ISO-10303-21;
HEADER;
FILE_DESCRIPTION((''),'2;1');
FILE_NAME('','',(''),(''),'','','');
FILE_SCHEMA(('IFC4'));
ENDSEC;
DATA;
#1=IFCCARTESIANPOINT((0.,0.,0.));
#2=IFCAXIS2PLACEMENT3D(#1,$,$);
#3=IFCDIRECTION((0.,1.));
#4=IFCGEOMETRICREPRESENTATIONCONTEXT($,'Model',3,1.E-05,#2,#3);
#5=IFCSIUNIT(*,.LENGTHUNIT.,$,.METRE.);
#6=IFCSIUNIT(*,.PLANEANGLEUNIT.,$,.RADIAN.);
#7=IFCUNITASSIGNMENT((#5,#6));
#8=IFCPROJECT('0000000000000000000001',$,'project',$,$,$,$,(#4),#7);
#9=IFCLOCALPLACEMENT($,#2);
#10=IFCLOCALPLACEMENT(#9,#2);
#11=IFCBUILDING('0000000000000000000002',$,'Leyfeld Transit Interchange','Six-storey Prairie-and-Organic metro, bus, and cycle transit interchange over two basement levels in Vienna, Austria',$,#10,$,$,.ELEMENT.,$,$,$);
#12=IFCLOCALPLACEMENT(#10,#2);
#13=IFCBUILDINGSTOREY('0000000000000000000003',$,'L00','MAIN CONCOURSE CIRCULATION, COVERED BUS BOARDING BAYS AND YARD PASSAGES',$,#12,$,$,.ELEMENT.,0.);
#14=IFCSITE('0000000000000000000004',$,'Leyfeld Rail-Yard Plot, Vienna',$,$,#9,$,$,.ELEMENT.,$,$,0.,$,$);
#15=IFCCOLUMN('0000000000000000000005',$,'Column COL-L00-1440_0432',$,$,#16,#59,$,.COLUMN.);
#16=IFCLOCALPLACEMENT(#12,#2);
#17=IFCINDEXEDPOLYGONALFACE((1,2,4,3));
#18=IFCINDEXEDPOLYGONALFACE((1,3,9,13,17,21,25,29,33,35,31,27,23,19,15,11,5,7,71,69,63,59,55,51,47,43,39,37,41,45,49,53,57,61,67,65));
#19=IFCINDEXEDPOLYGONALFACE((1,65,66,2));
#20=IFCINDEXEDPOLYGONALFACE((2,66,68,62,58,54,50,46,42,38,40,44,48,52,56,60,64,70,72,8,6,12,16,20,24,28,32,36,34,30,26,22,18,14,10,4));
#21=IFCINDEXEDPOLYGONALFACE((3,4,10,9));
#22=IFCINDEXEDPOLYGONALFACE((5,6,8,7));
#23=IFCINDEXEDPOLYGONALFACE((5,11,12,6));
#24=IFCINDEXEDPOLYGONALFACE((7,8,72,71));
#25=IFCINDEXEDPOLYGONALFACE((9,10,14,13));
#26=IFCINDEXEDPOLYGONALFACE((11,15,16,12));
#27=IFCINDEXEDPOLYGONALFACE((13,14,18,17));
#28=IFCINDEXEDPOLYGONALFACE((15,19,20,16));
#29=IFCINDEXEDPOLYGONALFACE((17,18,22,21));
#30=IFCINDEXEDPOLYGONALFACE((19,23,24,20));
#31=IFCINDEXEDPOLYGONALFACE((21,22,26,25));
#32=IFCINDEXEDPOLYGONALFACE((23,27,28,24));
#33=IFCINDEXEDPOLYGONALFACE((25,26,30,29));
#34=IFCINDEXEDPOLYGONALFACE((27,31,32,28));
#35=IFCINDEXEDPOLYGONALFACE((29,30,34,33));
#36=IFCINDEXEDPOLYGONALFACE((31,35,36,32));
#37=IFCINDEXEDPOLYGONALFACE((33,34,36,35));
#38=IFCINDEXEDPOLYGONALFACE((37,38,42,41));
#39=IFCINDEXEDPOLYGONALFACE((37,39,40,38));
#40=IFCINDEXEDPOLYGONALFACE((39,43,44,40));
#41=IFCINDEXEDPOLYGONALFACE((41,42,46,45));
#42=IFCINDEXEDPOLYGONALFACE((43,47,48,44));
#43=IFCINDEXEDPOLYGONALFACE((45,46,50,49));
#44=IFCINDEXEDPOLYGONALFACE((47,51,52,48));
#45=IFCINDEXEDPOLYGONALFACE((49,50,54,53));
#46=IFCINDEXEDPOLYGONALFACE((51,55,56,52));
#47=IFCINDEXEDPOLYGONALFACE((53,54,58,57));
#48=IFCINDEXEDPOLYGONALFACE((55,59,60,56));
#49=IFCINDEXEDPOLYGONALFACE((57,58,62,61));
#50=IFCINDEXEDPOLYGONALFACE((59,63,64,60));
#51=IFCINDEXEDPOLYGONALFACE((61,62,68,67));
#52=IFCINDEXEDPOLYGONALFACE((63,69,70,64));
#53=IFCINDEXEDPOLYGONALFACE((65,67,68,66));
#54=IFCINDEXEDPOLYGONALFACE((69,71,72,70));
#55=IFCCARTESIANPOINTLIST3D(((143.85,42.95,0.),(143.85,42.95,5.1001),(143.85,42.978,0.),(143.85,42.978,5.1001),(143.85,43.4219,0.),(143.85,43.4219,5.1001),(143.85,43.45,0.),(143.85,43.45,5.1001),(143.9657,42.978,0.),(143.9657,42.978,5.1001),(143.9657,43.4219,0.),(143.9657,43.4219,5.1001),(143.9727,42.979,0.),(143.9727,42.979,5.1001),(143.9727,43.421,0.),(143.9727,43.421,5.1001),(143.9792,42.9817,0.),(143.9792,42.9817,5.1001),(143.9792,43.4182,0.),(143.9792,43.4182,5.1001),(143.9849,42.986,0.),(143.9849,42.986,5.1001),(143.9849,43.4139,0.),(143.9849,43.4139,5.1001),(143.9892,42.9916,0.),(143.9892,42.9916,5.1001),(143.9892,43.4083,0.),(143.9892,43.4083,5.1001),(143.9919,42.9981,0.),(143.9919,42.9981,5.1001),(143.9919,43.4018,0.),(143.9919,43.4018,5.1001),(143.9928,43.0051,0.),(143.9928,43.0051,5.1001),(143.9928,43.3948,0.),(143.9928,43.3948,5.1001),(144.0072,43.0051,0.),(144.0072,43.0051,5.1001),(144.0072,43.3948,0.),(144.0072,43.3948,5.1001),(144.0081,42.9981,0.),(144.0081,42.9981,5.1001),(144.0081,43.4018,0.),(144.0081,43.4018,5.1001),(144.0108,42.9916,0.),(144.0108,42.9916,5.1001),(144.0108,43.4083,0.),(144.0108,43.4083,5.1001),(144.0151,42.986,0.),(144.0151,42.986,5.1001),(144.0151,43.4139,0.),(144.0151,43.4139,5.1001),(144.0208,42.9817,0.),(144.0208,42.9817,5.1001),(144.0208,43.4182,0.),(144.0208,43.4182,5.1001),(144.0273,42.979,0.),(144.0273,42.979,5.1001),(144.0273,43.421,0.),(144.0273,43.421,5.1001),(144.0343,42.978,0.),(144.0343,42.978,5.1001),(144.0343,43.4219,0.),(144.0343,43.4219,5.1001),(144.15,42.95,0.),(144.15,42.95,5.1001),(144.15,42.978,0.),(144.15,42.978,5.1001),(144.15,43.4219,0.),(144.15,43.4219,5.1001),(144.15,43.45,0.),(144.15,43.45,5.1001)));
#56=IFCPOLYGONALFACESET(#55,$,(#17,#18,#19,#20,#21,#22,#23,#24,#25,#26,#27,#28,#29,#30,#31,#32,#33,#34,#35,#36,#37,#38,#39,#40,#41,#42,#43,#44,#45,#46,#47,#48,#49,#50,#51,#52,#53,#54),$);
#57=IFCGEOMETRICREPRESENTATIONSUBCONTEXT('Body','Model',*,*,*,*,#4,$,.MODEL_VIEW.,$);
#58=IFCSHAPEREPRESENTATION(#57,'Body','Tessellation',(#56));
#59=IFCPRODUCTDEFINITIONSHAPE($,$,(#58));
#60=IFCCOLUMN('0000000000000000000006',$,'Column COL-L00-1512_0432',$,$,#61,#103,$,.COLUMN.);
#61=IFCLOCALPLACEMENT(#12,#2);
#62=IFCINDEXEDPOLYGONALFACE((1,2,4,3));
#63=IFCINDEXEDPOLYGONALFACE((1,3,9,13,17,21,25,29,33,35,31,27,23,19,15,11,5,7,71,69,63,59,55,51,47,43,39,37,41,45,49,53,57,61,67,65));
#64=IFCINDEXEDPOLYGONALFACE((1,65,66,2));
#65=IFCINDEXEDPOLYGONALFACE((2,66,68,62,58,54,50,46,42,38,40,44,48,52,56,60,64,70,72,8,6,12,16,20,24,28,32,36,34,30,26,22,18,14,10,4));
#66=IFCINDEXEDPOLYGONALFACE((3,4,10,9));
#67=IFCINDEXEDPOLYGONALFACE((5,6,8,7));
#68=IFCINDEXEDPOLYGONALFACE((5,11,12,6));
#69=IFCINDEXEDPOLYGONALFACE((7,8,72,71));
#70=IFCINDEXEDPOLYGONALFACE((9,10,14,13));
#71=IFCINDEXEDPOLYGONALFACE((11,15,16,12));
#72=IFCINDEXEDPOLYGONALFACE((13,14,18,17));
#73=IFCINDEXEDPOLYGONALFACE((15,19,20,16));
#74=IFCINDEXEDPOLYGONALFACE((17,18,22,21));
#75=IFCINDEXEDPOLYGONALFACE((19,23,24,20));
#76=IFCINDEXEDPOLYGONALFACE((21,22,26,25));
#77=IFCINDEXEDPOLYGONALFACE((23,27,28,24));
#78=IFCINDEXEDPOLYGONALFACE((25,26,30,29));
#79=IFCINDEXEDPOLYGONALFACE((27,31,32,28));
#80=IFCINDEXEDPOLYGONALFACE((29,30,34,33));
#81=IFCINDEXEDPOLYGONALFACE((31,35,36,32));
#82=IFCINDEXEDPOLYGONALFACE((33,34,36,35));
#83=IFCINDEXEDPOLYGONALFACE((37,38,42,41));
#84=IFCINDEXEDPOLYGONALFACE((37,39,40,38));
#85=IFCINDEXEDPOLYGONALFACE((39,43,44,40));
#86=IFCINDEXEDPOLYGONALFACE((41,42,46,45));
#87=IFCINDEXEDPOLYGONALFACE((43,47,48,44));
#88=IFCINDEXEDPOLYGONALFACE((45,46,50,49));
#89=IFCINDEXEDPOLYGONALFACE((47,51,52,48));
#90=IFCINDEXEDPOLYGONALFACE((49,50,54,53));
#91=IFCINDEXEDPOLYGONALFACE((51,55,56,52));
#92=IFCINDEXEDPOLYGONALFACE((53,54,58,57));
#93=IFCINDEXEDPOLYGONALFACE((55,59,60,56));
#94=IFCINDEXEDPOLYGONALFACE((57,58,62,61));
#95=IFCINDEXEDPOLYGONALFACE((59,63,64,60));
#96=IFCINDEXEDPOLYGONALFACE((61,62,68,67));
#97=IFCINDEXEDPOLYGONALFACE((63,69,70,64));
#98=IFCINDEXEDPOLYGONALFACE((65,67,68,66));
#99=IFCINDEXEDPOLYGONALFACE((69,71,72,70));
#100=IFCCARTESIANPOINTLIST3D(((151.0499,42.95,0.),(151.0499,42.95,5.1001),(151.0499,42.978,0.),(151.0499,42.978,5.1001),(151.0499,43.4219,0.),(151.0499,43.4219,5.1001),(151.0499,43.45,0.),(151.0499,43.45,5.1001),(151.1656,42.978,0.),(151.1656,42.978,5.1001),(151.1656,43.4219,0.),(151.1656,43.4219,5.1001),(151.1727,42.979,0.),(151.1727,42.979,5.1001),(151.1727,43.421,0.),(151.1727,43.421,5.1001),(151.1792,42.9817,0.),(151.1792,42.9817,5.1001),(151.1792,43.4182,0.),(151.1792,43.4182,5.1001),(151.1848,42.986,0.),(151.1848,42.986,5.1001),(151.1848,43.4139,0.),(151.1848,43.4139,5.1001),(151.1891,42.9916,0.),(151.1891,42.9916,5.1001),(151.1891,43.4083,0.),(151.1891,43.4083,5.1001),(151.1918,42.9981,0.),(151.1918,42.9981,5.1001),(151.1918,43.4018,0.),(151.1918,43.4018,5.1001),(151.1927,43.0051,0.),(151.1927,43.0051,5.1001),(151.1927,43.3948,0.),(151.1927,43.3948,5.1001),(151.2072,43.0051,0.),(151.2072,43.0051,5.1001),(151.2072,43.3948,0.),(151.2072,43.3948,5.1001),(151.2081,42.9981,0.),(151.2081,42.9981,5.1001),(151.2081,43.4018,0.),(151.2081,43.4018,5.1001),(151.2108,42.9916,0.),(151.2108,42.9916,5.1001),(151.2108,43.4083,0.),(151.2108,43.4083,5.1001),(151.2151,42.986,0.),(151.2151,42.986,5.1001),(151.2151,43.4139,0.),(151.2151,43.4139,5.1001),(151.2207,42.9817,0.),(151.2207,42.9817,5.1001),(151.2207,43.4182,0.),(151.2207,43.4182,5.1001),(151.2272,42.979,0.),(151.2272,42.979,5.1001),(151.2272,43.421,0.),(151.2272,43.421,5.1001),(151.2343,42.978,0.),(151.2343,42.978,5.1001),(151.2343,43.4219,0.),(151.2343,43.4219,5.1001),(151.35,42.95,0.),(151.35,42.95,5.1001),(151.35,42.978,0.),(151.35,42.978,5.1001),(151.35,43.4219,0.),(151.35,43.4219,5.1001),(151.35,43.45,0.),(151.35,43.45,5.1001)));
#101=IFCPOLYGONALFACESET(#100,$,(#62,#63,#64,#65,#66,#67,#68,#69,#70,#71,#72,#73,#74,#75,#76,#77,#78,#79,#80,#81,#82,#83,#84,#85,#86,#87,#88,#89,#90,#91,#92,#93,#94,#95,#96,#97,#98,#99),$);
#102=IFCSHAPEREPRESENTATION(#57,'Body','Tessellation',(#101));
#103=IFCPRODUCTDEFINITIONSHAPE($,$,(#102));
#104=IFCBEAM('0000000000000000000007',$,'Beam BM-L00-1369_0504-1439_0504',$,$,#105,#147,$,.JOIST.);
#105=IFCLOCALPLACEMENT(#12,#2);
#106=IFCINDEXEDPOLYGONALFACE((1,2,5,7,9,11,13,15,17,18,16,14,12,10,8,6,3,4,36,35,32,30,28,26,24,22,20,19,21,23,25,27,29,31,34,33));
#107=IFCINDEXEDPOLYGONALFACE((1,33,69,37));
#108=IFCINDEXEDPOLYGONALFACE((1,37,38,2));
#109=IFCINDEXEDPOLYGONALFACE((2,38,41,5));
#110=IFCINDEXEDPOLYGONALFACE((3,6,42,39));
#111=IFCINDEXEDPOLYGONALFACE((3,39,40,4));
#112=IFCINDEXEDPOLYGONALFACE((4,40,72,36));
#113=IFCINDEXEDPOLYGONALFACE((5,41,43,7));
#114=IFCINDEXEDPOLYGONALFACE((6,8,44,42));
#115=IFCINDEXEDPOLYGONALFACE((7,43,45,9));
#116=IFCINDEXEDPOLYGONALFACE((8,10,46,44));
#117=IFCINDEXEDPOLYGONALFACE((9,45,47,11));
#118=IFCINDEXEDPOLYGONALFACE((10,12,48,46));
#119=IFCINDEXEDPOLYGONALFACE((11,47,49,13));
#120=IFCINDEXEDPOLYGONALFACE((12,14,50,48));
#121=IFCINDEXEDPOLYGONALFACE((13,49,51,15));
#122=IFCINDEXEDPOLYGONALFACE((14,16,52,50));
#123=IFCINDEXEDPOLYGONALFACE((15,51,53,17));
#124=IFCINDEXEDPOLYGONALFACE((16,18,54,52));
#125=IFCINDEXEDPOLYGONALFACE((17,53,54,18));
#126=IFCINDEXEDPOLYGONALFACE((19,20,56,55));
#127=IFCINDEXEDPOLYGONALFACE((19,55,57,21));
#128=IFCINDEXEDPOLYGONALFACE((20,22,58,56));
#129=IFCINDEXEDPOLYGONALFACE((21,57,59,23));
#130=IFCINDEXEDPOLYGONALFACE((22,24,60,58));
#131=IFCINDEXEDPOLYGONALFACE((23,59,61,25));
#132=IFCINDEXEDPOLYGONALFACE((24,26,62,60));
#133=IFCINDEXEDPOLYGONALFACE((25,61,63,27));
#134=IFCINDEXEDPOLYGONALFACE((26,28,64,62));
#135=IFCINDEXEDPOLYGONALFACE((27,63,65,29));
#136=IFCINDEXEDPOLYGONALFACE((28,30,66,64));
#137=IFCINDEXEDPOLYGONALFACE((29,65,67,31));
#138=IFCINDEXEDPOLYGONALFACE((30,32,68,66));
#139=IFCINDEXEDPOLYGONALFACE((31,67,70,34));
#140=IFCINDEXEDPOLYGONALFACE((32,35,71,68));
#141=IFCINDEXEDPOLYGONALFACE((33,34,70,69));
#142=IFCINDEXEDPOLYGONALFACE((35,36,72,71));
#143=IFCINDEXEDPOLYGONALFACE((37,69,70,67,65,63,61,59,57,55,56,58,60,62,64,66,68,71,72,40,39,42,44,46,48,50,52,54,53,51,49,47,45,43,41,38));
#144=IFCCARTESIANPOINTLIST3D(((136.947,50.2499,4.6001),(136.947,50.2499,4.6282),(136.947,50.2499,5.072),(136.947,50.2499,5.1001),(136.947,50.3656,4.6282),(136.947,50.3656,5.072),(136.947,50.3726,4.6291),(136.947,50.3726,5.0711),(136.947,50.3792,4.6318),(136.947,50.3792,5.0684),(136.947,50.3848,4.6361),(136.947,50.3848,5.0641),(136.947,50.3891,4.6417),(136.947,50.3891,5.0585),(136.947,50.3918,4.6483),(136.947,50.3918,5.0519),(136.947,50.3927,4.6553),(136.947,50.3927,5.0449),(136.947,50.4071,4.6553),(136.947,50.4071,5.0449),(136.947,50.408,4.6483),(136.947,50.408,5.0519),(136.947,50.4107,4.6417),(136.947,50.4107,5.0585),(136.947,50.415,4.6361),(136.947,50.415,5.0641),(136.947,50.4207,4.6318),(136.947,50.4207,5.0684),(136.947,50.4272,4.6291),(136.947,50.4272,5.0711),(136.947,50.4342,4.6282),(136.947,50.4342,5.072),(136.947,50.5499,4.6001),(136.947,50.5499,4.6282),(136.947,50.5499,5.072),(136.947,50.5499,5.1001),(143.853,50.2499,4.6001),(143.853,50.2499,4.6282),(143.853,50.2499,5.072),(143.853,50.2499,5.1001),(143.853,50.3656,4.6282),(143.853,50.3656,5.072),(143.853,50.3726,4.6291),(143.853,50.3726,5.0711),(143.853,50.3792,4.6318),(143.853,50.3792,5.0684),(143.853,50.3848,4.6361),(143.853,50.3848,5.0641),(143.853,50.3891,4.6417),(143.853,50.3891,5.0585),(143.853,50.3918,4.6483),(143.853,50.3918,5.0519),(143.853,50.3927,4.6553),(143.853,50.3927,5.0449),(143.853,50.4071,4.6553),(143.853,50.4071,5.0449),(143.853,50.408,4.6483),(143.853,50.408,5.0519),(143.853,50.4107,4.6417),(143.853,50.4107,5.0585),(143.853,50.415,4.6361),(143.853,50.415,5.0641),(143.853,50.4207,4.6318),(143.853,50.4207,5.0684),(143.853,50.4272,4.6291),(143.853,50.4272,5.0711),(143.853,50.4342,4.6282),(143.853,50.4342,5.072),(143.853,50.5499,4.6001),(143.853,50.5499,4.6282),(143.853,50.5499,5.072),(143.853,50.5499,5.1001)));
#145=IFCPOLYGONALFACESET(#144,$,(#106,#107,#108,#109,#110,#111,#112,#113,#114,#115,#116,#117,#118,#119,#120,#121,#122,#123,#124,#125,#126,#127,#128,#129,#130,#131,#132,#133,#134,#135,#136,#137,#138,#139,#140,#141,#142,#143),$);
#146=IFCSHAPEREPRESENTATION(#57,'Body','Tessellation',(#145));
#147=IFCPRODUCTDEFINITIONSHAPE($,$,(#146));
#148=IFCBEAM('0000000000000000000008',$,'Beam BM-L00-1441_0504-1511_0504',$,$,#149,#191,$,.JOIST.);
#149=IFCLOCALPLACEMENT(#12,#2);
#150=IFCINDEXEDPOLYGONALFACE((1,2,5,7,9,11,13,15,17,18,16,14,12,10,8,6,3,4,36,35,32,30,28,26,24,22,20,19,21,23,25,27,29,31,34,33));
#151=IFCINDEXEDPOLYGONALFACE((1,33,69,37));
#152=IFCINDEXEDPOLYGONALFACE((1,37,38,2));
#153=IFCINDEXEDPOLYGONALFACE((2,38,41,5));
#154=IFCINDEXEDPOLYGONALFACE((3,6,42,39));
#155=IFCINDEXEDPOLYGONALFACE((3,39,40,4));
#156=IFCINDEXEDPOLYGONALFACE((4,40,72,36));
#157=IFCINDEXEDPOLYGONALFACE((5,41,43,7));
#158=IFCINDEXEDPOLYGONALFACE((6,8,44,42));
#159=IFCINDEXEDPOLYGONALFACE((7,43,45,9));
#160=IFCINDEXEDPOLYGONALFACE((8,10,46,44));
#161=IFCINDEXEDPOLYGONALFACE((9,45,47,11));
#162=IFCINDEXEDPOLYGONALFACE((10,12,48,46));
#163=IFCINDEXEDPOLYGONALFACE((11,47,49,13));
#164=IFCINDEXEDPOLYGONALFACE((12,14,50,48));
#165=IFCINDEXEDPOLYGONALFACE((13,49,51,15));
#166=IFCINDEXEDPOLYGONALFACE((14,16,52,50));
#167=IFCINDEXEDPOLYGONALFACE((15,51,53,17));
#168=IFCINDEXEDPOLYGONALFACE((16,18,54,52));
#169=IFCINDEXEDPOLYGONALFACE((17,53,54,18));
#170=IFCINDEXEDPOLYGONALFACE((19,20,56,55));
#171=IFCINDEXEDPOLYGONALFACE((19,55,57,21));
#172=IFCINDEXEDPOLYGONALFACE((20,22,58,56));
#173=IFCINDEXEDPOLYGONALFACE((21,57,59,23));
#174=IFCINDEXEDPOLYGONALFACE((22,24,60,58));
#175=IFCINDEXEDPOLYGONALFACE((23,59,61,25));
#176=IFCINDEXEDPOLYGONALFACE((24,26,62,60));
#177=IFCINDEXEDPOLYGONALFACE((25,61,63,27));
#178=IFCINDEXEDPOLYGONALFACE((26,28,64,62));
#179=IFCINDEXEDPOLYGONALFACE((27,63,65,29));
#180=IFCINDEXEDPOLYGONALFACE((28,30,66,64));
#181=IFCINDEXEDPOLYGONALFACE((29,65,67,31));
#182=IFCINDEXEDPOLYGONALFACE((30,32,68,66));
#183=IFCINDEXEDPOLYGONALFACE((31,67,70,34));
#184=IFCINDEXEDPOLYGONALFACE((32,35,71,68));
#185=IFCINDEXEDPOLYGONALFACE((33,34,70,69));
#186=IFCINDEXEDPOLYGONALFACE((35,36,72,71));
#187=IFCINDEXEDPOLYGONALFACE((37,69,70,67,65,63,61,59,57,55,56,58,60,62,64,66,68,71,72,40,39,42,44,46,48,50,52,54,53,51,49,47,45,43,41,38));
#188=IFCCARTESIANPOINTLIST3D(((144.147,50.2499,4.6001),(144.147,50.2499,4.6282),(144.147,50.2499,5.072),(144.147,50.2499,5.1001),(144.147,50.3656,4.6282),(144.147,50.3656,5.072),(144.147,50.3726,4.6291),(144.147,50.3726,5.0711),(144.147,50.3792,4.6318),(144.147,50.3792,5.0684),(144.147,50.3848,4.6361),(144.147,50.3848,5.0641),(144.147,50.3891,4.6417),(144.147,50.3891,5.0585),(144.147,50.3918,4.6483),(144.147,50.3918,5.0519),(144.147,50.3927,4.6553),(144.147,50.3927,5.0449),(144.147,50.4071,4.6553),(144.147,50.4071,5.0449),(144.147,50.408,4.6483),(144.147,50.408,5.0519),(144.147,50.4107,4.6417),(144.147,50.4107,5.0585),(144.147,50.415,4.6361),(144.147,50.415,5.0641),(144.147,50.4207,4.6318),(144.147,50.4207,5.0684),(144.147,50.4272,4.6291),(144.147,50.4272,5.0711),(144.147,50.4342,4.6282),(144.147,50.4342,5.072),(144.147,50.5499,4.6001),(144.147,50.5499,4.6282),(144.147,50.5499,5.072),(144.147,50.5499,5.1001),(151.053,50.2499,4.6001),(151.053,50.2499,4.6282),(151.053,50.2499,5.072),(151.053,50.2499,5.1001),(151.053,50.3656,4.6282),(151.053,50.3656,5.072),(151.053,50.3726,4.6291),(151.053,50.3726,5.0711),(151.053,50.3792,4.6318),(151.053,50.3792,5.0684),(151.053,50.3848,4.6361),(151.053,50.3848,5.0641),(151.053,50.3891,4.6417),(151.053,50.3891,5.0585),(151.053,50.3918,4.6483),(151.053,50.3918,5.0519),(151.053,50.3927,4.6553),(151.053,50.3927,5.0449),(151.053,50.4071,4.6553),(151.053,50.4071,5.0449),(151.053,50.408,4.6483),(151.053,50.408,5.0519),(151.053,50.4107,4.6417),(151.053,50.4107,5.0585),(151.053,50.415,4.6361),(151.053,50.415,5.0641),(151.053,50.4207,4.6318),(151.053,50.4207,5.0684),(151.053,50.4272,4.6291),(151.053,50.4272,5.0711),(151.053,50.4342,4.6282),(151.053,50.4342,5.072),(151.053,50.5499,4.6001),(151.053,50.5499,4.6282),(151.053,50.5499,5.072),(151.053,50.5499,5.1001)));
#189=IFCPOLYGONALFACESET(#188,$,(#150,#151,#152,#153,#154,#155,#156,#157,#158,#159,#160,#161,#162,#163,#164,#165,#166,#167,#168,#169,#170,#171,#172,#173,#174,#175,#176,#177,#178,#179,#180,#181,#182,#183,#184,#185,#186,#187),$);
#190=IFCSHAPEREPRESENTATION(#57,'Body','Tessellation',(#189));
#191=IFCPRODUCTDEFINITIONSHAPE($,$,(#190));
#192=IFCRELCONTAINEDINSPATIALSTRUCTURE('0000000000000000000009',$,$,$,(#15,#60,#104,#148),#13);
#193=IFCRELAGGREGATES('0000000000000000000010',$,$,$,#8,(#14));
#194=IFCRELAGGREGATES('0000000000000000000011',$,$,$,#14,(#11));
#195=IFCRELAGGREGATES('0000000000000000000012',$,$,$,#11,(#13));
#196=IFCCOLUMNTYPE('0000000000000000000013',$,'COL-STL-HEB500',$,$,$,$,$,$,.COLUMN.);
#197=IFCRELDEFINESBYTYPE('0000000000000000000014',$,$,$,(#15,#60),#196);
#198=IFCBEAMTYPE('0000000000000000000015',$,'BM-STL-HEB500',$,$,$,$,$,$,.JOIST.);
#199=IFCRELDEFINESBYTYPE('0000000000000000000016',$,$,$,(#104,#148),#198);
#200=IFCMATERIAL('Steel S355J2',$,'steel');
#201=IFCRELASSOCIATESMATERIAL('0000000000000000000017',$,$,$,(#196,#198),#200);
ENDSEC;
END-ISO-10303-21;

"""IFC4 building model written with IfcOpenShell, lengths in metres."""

from ifc_helpers import new_model, si_unit, direction, frame, origin, origin_2d, place, context, subcontext, project, spatial, i_section, extrude, material, material_profile, profile_set, type_object, element, save


model = new_model("IFC4")

# Units and contexts
model_context = context("Model", 3, precision=1e-05, world=origin(), true_north=direction((0.0, 1.0)))
body_context = subcontext(model_context, "Body", "Model", "MODEL_VIEW")
ifc_project = project(units=[si_unit("LENGTHUNIT", "METRE"), si_unit("PLANEANGLEUNIT", "RADIAN")], contexts=[model_context])

# Site, building, storey
site_placement = place(None, origin())
site = spatial("IfcSite", under=ifc_project, at=site_placement, Name="Leyfeld Rail-Yard Plot, Vienna", CompositionType="ELEMENT", RefElevation=0.0)
building_placement = place(site_placement, origin())
building = spatial("IfcBuilding", under=site, at=building_placement, Name="Leyfeld Transit Interchange", Description="Six-storey Prairie-and-Organic metro, bus, and cycle transit interchange over two basement levels in Vienna, Austria", CompositionType="ELEMENT")
storey_placement = place(building_placement, origin())
storey = spatial("IfcBuildingStorey", under=building, at=storey_placement, Name="L00", Description="MAIN CONCOURSE CIRCULATION, COVERED BUS BOARDING BAYS AND YARD PASSAGES", CompositionType="ELEMENT", Elevation=0.0)

# Columns
ifc_material_1 = material(Name="Steel S355J2", Category="steel")
ifc_material_profile_1 = material_profile(ifc_material_1, i_section(OverallWidth=0.3, OverallDepth=0.5, WebThickness=0.0144, FlangeThickness=0.0281, FilletRadius=0.0271, at=origin_2d()), Name="HEB 500")
ifc_profile_set_1 = profile_set([ifc_material_profile_1], Name="Steel S355J2")
column_type = type_object("IfcColumnType", Name="COL-STL-HEB500", PredefinedType="COLUMN", material=ifc_profile_set_1)
for number, where, z_axis, x_axis, name in (
    (1, (144.0, 43.2, 0.0), (0.0, 0.0, 1.0), (1.0, 0.0, 0.0), "Column COL-L00-1440_0432"),
    (2, (151.2, 43.2, 0.0), (0.0, 0.0, 1.0), (1.0, 0.0, 0.0), "Column COL-L00-1512_0432"),
):
    element("IfcColumn", number, at=place(storey_placement, frame(where, z_axis=z_axis, x_axis=x_axis)), inside=storey, type_object=column_type, Name=name, PredefinedType="COLUMN", context=body_context, shape_type="SweptSolid", body=[
        extrude(i_section(OverallWidth=0.3, OverallDepth=0.5, WebThickness=0.0144, FlangeThickness=0.0281, FilletRadius=0.0271, at=origin_2d()), origin(), (0.0, 0.0, 1.0), 5.1001),
    ])

# Beams
ifc_material_profile_2 = material_profile(ifc_material_1, i_section(OverallWidth=0.3, OverallDepth=0.5, WebThickness=0.0144, FlangeThickness=0.0281, FilletRadius=0.0271, at=origin_2d()), Name="HEB 500")
ifc_profile_set_2 = profile_set([ifc_material_profile_2], Name="Steel S355J2")
beam_type_1 = type_object("IfcBeamType", Name="BM-STL-HEB500", PredefinedType="JOIST", material=ifc_profile_set_2)
for number, where, z_axis, x_axis, name in (
    (3, (136.947, 50.3999, 4.8501), (1.0, 0.0, 0.0), (0.0, 1.0, 0.0), "Beam BM-L00-1369_0504-1439_0504"),
    (4, (144.147, 50.3999, 4.8501), (1.0, 0.0, 0.0), (0.0, 1.0, 0.0), "Beam BM-L00-1441_0504-1511_0504"),
):
    element("IfcBeam", number, at=place(storey_placement, frame(where, z_axis=z_axis, x_axis=x_axis)), inside=storey, type_object=beam_type_1, Name=name, PredefinedType="JOIST", context=body_context, shape_type="SweptSolid", body=[
        extrude(i_section(OverallWidth=0.3, OverallDepth=0.5, WebThickness=0.0144, FlangeThickness=0.0281, FilletRadius=0.0271, at=origin_2d()), origin(), (0.0, 0.0, 1.0), 6.906),
    ])

save(model, "model.ifc")
